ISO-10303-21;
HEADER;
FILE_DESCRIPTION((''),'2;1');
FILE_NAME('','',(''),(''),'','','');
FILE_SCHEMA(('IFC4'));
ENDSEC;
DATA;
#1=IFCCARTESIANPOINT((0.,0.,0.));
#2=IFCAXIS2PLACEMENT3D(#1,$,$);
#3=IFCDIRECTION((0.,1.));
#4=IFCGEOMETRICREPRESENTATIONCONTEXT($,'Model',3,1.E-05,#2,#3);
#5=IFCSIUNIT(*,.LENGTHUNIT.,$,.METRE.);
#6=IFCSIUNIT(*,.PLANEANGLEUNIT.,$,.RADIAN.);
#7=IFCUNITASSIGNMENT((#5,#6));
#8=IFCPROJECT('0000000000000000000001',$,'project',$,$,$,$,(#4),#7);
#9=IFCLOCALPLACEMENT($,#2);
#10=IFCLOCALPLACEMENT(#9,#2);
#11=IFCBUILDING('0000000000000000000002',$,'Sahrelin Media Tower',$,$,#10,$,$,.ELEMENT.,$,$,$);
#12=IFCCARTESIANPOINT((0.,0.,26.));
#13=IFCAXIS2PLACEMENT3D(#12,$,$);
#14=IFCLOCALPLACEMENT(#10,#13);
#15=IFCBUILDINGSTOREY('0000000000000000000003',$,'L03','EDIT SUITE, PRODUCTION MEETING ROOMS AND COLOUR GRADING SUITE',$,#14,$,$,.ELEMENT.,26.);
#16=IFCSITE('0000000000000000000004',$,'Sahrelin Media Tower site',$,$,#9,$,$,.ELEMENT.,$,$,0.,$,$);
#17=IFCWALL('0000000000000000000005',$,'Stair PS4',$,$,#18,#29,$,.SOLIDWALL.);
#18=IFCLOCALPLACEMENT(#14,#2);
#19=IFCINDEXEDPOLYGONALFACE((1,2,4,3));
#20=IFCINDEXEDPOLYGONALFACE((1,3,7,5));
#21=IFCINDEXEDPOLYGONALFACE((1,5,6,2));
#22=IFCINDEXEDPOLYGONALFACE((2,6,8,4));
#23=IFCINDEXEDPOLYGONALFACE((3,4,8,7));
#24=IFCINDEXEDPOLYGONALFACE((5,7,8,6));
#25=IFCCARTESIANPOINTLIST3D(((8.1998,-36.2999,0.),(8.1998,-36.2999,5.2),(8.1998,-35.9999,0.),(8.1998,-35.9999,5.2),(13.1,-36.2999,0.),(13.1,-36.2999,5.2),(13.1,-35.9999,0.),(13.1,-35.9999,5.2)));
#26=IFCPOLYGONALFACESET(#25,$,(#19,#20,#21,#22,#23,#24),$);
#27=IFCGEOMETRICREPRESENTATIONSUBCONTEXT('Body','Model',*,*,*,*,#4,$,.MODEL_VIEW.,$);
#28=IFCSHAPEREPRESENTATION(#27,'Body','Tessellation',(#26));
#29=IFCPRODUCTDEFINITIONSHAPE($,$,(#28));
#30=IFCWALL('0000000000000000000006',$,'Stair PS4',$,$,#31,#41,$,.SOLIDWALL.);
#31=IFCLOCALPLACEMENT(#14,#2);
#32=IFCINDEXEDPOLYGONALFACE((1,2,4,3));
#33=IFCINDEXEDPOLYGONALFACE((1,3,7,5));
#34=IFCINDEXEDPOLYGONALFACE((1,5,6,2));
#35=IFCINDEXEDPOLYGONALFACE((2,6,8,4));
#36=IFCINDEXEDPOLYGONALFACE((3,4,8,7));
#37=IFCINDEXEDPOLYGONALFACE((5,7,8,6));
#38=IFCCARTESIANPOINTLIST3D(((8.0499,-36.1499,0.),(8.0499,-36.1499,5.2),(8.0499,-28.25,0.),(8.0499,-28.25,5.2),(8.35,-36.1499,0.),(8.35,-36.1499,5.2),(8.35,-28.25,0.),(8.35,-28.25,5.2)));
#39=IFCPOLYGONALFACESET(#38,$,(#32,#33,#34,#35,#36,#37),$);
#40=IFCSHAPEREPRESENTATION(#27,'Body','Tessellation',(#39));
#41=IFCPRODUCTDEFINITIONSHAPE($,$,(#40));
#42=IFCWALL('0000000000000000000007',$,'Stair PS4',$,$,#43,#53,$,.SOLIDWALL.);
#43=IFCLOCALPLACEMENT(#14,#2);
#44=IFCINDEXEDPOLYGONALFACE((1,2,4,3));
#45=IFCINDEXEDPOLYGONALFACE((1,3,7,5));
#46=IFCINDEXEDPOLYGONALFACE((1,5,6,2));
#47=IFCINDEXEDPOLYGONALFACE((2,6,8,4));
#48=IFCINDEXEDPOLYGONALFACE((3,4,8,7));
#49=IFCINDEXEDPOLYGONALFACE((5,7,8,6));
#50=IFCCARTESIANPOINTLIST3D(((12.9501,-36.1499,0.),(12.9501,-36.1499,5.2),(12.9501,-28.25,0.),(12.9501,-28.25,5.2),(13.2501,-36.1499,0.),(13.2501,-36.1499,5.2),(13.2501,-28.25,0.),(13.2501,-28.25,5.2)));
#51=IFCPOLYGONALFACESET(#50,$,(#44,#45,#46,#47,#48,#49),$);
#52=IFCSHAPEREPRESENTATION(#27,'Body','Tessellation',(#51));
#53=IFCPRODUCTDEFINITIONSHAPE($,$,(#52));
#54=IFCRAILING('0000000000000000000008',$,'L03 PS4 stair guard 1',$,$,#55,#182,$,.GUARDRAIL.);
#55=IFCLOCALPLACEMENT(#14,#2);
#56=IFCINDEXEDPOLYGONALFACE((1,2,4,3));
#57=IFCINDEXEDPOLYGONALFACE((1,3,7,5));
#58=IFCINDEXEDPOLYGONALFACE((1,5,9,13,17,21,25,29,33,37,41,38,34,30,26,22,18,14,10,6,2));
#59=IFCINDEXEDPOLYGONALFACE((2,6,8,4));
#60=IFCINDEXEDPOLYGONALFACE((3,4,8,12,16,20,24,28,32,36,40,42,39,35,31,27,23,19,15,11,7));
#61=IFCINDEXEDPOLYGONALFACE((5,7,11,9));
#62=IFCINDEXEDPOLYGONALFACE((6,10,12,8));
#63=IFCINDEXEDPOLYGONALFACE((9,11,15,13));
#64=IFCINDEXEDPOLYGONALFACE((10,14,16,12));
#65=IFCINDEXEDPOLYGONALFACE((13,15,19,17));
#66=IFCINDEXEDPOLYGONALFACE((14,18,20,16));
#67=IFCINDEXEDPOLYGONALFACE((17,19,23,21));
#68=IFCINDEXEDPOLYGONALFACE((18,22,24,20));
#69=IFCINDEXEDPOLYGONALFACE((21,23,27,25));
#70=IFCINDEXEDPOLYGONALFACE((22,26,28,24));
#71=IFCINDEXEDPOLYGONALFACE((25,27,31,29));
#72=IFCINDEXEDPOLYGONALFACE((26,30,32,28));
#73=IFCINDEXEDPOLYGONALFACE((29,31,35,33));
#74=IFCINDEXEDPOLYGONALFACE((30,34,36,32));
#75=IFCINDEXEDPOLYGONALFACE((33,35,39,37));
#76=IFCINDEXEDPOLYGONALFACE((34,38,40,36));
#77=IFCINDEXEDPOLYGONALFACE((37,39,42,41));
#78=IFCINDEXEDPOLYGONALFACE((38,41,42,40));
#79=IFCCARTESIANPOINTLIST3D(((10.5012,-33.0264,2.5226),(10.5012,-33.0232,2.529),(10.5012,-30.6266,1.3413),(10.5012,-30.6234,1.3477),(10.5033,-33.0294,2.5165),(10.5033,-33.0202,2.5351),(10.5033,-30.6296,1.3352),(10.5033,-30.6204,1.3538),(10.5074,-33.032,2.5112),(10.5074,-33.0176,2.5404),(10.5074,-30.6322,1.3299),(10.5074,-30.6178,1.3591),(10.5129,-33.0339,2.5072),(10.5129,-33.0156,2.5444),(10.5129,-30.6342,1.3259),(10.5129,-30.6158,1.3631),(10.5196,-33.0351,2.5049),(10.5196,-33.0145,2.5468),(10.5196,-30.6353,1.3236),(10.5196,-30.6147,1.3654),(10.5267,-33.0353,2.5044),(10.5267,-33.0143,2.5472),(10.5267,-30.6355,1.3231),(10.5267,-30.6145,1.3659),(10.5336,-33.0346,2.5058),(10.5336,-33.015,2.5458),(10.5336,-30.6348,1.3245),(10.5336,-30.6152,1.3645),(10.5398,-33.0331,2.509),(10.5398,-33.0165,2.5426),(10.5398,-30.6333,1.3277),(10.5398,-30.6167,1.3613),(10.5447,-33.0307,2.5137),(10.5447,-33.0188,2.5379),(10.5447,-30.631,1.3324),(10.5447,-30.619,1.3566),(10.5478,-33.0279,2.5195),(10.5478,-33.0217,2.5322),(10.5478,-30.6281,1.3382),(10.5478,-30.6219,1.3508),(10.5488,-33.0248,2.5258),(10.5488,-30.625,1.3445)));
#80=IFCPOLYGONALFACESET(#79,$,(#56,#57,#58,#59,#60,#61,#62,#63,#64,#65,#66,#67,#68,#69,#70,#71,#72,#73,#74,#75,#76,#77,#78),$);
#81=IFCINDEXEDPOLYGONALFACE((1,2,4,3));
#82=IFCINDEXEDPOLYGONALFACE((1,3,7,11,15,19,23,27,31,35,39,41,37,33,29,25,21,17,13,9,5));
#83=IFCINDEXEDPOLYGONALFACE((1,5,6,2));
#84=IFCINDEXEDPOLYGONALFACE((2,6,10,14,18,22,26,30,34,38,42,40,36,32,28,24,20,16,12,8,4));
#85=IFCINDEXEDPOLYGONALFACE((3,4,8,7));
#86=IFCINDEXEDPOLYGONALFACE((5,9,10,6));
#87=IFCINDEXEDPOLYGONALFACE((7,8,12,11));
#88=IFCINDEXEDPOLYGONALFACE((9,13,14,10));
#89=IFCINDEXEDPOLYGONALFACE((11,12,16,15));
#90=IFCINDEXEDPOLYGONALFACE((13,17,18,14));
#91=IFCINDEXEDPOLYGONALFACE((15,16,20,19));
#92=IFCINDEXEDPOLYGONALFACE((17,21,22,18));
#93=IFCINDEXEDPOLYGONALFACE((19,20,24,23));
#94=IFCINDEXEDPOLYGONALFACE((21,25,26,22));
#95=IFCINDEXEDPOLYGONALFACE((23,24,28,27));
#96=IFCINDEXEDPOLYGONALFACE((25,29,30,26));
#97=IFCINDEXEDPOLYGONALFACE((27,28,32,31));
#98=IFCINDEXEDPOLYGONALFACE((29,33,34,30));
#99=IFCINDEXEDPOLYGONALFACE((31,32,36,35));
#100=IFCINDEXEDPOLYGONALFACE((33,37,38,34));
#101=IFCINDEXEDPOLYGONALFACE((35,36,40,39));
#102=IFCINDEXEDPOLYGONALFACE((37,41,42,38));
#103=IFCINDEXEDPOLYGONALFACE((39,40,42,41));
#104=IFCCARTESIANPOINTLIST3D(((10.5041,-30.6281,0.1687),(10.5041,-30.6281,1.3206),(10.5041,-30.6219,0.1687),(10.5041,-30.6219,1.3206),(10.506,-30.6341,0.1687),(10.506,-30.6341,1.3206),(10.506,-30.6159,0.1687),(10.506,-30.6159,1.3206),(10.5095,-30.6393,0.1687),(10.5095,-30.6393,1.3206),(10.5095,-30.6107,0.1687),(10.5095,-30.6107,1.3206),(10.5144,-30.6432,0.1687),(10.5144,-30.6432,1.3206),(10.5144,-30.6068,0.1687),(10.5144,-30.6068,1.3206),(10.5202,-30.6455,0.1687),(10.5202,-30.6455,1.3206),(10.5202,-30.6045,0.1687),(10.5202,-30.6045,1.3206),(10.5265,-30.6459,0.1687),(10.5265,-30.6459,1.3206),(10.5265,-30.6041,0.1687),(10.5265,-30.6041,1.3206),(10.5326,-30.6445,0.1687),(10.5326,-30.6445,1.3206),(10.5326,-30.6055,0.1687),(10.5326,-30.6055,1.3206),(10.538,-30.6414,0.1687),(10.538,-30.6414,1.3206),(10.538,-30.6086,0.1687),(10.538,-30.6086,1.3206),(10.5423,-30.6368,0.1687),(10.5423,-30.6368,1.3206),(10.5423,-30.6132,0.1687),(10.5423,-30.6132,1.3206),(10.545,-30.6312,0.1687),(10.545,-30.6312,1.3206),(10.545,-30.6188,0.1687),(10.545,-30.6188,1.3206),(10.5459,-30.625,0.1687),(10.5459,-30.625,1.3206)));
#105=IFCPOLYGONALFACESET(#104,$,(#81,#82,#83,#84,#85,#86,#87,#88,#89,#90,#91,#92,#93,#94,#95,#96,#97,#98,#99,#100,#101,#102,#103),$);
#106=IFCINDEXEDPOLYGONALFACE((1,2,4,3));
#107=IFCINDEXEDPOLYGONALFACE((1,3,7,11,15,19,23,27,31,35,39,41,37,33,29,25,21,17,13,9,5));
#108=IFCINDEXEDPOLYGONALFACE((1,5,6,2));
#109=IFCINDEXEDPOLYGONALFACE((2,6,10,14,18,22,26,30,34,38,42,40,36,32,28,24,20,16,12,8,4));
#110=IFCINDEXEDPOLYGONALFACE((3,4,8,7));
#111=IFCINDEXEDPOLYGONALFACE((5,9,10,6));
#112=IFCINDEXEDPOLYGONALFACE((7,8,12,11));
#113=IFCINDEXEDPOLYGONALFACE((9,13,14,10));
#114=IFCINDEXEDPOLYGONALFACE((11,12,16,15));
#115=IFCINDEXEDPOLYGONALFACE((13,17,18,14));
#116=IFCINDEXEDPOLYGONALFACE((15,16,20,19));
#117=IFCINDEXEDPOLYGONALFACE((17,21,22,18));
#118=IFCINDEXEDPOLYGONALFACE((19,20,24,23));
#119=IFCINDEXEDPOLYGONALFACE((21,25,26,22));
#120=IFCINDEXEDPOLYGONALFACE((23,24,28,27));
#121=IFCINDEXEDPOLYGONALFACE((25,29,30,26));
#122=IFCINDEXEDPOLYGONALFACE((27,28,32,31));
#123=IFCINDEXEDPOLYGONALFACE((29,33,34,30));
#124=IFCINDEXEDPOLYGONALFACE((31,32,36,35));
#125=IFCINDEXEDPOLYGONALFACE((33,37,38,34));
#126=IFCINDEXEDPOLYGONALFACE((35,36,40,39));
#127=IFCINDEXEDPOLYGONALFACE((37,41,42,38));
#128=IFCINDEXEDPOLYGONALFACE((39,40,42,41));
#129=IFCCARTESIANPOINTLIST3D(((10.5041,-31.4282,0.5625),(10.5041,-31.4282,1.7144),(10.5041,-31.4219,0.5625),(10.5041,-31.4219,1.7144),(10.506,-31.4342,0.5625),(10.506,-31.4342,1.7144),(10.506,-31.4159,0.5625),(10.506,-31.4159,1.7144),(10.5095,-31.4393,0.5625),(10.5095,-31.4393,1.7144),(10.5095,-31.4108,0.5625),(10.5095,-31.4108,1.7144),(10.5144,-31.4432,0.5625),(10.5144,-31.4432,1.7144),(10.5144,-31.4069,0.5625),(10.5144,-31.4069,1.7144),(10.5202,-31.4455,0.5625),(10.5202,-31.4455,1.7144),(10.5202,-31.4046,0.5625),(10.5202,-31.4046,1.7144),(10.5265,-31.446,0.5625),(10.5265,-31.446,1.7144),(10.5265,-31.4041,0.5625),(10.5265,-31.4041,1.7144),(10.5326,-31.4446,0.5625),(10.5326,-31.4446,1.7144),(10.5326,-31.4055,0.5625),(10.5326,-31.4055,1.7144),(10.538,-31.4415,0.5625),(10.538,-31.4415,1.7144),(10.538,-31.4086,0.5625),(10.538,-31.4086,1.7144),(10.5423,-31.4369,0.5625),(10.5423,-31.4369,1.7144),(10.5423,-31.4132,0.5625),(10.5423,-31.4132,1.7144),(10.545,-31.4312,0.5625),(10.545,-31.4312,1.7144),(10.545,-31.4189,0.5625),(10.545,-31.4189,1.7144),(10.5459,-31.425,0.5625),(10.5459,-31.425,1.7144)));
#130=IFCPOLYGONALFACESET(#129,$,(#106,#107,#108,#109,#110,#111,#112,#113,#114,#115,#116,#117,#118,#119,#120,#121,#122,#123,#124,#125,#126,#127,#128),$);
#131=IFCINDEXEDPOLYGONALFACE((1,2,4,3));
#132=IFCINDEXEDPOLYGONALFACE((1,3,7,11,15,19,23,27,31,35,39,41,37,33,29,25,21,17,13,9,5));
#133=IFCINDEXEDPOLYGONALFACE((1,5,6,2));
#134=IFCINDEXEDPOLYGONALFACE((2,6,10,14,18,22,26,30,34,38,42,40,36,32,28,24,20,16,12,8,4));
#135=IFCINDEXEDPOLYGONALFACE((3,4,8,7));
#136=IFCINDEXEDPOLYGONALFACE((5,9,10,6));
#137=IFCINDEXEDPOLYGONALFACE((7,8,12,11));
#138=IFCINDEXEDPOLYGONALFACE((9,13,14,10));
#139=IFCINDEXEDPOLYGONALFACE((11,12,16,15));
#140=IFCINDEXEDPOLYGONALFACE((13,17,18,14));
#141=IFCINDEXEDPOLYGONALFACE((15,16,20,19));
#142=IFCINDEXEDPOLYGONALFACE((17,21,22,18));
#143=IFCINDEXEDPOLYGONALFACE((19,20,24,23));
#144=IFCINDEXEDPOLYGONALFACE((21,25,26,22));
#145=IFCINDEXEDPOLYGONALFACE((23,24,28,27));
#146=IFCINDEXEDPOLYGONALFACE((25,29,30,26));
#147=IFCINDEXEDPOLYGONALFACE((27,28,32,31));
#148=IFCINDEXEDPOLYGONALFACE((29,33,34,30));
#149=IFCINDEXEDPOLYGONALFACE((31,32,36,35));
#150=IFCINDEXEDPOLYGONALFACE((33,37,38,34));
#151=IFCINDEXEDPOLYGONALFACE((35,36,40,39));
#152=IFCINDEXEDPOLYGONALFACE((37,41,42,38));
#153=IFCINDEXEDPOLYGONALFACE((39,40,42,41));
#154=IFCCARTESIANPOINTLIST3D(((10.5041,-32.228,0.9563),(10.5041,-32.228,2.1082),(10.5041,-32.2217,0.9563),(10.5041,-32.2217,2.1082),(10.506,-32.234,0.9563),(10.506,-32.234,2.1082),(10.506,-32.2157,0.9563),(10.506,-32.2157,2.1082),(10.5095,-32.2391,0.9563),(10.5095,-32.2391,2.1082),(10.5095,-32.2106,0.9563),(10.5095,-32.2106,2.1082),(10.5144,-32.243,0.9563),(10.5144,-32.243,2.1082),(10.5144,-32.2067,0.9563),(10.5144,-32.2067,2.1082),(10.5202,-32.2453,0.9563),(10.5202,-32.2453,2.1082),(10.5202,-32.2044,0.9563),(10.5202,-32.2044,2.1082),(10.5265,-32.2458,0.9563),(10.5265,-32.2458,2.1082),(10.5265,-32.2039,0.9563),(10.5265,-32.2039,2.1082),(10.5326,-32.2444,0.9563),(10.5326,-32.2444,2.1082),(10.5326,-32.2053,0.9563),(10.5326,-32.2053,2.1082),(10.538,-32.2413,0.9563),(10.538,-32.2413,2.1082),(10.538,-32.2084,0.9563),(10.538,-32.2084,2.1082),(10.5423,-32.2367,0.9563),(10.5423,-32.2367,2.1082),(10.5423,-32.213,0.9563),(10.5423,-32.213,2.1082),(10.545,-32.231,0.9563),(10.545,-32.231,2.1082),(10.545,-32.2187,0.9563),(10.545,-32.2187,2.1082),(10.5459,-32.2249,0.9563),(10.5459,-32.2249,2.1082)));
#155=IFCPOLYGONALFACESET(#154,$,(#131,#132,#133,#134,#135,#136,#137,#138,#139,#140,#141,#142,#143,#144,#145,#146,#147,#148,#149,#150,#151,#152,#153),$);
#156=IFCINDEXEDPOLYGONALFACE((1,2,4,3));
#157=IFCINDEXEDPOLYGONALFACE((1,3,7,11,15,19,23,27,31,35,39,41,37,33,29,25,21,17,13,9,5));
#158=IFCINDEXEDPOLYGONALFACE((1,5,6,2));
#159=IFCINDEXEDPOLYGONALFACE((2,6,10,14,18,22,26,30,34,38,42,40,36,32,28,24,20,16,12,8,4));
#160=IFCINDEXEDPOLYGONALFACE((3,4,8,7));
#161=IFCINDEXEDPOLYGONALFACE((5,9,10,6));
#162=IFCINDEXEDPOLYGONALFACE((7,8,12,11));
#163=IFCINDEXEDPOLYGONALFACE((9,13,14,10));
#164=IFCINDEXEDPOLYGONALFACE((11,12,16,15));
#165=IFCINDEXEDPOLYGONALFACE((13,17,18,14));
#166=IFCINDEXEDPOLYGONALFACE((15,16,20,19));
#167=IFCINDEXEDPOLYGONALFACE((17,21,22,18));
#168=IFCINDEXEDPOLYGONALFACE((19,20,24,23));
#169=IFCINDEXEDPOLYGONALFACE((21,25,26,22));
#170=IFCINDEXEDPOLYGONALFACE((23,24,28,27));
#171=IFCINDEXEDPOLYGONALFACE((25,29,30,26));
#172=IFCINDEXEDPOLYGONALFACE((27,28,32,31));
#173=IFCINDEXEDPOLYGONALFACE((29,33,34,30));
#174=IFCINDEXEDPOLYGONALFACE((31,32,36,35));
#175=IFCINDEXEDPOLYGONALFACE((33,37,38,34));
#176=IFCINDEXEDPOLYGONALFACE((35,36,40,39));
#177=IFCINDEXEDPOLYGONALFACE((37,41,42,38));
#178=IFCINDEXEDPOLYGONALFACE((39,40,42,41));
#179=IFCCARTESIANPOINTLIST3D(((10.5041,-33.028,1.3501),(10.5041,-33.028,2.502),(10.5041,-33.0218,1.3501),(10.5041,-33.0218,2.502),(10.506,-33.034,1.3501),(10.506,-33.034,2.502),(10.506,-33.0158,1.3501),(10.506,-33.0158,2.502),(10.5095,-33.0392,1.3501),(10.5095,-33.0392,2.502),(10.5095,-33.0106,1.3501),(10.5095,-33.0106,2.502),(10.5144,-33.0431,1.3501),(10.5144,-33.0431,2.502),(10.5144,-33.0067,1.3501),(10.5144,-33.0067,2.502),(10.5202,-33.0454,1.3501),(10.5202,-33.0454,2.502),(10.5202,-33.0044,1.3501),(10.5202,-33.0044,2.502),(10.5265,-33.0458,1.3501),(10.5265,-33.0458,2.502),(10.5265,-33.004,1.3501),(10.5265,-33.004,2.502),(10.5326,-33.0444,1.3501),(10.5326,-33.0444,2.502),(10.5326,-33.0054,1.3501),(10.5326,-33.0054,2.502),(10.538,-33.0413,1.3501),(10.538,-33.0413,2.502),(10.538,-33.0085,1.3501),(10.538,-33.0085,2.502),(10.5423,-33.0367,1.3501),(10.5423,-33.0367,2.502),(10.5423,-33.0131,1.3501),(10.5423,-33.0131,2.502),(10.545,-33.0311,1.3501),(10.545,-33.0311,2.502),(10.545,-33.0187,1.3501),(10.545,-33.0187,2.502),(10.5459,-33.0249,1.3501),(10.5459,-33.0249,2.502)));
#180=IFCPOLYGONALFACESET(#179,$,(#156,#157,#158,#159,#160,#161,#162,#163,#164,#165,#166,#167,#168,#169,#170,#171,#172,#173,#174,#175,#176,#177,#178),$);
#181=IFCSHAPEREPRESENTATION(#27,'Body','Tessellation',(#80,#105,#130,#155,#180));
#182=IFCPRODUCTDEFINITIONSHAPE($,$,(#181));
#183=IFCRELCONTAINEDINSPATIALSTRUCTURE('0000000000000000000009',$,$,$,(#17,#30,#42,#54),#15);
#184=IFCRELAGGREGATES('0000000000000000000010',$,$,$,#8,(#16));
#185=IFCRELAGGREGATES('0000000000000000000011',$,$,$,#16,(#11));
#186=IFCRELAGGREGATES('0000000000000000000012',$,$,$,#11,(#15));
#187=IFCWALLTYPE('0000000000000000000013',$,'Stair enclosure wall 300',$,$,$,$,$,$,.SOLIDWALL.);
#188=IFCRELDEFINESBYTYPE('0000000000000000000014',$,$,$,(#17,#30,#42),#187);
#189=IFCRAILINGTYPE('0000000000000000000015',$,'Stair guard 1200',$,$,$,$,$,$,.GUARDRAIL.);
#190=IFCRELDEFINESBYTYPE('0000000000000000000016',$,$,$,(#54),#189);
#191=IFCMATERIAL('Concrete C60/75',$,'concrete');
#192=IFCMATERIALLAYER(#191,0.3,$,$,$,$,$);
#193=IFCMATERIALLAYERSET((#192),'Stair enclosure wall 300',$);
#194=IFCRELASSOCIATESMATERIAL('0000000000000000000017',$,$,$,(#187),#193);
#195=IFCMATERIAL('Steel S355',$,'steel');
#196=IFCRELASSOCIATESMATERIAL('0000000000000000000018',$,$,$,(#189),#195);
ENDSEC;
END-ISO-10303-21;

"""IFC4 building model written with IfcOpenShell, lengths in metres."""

from ifc_helpers import new_model, si_unit, direction, frame, frame_2d, origin, origin_2d, place, context, subcontext, project, spatial, rectangle, circle, extrude, material, layer, layer_set, type_object, element, save


model = new_model("IFC4")

# Units and contexts
model_context = context("Model", 3, precision=1e-05, world=origin(), true_north=direction((0.0, 1.0)))
body_context = subcontext(model_context, "Body", "Model", "MODEL_VIEW")
ifc_project = project(units=[si_unit("LENGTHUNIT", "METRE"), si_unit("PLANEANGLEUNIT", "RADIAN")], contexts=[model_context])

# Site, building, storey
site_placement = place(None, origin())
site = spatial("IfcSite", under=ifc_project, at=site_placement, Name="Sahrelin Media Tower site", CompositionType="ELEMENT", RefElevation=0.0)
building_placement = place(site_placement, origin())
building = spatial("IfcBuilding", under=site, at=building_placement, Name="Sahrelin Media Tower", CompositionType="ELEMENT")
storey_placement = place(building_placement, frame((0.0, 0.0, 26.0)))
storey = spatial("IfcBuildingStorey", under=building, at=storey_placement, Name="L03", Description="EDIT SUITE, PRODUCTION MEETING ROOMS AND COLOUR GRADING SUITE", CompositionType="ELEMENT", Elevation=26.0)

# Shared definitions
ifc_material_1 = material(Name="Steel S355", Category="steel")

# Walls
ifc_material_2 = material(Name="Concrete C60/75", Category="concrete")
ifc_layer = layer(ifc_material_2, 0.3)
ifc_layer_set = layer_set([ifc_layer], Name="Stair enclosure wall 300")
wall_type = type_object("IfcWallType", Name="Stair enclosure wall 300", PredefinedType="SOLIDWALL", material=ifc_layer_set)
wall_1_placement = place(storey_placement, frame((13.1001, -36.1499, 0.0), z_axis=(0.0, 0.0, 1.0), x_axis=(-1.0, 0.0, 0.0)))
element("IfcWall", 1, at=wall_1_placement, inside=storey, type_object=wall_type, Name="Stair PS4", PredefinedType="SOLIDWALL", context=body_context, shape_type="SweptSolid", body=[
    extrude(rectangle(XDim=4.9001, YDim=0.3, at=frame_2d((2.4502, 0.0))), origin(), (0.0, 0.0, 1.0), 5.2),
])
wall_2_placement = place(storey_placement, frame((8.2, -36.1499, 0.0), z_axis=(0.0, 0.0, 1.0), x_axis=(0.0, 1.0, 0.0)))
element("IfcWall", 2, at=wall_2_placement, inside=storey, type_object=wall_type, Name="Stair PS4", PredefinedType="SOLIDWALL", context=body_context, shape_type="SweptSolid", body=[
    extrude(rectangle(XDim=7.8999, YDim=0.3, at=frame_2d((3.95, 0.0))), origin(), (0.0, 0.0, 1.0), 5.2),
])

# Wall
wall_3_placement = place(storey_placement, frame((13.1001, -28.25, 0.0), z_axis=(0.0, 0.0, 1.0), x_axis=(0.0, -1.0, 0.0)))
element("IfcWall", 3, at=wall_3_placement, inside=storey, type_object=wall_type, Name="Stair PS4", PredefinedType="SOLIDWALL", context=body_context, shape_type="SweptSolid", body=[
    extrude(rectangle(XDim=7.8999, YDim=0.3, at=frame_2d((3.95, 0.0))), origin(), (0.0, 0.0, 1.0), 5.2),
])

# Railing
railing_type_1 = type_object("IfcRailingType", Name="Stair guard 1200", PredefinedType="GUARDRAIL", material=ifc_material_1)
railing_1_placement = place(storey_placement, frame((10.5249, -30.625, 0.1687)))
element("IfcRailing", 4, at=railing_1_placement, inside=storey, type_object=railing_type_1, Name="L03 PS4 stair guard 1", PredefinedType="GUARDRAIL", context=body_context, shape_type="SweptSolid", body=[
    extrude(circle(Radius=0.0239, at=origin_2d()), frame((0.0, 0.0, 1.1758), z_axis=(0.0, -0.897185, 0.441656), x_axis=(1.0, 0.0, 0.0)), (0.0, 0.0, 1.0), 2.6748),
    extrude(circle(Radius=0.021, at=origin_2d()), origin(), (0.0, 0.0, 1.0), 1.1519),
    extrude(circle(Radius=0.021, at=origin_2d()), frame((0.0, -0.8, 0.3938)), (0.0, 0.0, 1.0), 1.1519),
    extrude(circle(Radius=0.021, at=origin_2d()), frame((0.0, -1.5999, 0.7876)), (0.0, 0.0, 1.0), 1.1519),
    extrude(circle(Radius=0.021, at=origin_2d()), frame((0.0, -2.3999, 1.1814)), (0.0, 0.0, 1.0), 1.1519),
])

save(model, "model.ifc")
